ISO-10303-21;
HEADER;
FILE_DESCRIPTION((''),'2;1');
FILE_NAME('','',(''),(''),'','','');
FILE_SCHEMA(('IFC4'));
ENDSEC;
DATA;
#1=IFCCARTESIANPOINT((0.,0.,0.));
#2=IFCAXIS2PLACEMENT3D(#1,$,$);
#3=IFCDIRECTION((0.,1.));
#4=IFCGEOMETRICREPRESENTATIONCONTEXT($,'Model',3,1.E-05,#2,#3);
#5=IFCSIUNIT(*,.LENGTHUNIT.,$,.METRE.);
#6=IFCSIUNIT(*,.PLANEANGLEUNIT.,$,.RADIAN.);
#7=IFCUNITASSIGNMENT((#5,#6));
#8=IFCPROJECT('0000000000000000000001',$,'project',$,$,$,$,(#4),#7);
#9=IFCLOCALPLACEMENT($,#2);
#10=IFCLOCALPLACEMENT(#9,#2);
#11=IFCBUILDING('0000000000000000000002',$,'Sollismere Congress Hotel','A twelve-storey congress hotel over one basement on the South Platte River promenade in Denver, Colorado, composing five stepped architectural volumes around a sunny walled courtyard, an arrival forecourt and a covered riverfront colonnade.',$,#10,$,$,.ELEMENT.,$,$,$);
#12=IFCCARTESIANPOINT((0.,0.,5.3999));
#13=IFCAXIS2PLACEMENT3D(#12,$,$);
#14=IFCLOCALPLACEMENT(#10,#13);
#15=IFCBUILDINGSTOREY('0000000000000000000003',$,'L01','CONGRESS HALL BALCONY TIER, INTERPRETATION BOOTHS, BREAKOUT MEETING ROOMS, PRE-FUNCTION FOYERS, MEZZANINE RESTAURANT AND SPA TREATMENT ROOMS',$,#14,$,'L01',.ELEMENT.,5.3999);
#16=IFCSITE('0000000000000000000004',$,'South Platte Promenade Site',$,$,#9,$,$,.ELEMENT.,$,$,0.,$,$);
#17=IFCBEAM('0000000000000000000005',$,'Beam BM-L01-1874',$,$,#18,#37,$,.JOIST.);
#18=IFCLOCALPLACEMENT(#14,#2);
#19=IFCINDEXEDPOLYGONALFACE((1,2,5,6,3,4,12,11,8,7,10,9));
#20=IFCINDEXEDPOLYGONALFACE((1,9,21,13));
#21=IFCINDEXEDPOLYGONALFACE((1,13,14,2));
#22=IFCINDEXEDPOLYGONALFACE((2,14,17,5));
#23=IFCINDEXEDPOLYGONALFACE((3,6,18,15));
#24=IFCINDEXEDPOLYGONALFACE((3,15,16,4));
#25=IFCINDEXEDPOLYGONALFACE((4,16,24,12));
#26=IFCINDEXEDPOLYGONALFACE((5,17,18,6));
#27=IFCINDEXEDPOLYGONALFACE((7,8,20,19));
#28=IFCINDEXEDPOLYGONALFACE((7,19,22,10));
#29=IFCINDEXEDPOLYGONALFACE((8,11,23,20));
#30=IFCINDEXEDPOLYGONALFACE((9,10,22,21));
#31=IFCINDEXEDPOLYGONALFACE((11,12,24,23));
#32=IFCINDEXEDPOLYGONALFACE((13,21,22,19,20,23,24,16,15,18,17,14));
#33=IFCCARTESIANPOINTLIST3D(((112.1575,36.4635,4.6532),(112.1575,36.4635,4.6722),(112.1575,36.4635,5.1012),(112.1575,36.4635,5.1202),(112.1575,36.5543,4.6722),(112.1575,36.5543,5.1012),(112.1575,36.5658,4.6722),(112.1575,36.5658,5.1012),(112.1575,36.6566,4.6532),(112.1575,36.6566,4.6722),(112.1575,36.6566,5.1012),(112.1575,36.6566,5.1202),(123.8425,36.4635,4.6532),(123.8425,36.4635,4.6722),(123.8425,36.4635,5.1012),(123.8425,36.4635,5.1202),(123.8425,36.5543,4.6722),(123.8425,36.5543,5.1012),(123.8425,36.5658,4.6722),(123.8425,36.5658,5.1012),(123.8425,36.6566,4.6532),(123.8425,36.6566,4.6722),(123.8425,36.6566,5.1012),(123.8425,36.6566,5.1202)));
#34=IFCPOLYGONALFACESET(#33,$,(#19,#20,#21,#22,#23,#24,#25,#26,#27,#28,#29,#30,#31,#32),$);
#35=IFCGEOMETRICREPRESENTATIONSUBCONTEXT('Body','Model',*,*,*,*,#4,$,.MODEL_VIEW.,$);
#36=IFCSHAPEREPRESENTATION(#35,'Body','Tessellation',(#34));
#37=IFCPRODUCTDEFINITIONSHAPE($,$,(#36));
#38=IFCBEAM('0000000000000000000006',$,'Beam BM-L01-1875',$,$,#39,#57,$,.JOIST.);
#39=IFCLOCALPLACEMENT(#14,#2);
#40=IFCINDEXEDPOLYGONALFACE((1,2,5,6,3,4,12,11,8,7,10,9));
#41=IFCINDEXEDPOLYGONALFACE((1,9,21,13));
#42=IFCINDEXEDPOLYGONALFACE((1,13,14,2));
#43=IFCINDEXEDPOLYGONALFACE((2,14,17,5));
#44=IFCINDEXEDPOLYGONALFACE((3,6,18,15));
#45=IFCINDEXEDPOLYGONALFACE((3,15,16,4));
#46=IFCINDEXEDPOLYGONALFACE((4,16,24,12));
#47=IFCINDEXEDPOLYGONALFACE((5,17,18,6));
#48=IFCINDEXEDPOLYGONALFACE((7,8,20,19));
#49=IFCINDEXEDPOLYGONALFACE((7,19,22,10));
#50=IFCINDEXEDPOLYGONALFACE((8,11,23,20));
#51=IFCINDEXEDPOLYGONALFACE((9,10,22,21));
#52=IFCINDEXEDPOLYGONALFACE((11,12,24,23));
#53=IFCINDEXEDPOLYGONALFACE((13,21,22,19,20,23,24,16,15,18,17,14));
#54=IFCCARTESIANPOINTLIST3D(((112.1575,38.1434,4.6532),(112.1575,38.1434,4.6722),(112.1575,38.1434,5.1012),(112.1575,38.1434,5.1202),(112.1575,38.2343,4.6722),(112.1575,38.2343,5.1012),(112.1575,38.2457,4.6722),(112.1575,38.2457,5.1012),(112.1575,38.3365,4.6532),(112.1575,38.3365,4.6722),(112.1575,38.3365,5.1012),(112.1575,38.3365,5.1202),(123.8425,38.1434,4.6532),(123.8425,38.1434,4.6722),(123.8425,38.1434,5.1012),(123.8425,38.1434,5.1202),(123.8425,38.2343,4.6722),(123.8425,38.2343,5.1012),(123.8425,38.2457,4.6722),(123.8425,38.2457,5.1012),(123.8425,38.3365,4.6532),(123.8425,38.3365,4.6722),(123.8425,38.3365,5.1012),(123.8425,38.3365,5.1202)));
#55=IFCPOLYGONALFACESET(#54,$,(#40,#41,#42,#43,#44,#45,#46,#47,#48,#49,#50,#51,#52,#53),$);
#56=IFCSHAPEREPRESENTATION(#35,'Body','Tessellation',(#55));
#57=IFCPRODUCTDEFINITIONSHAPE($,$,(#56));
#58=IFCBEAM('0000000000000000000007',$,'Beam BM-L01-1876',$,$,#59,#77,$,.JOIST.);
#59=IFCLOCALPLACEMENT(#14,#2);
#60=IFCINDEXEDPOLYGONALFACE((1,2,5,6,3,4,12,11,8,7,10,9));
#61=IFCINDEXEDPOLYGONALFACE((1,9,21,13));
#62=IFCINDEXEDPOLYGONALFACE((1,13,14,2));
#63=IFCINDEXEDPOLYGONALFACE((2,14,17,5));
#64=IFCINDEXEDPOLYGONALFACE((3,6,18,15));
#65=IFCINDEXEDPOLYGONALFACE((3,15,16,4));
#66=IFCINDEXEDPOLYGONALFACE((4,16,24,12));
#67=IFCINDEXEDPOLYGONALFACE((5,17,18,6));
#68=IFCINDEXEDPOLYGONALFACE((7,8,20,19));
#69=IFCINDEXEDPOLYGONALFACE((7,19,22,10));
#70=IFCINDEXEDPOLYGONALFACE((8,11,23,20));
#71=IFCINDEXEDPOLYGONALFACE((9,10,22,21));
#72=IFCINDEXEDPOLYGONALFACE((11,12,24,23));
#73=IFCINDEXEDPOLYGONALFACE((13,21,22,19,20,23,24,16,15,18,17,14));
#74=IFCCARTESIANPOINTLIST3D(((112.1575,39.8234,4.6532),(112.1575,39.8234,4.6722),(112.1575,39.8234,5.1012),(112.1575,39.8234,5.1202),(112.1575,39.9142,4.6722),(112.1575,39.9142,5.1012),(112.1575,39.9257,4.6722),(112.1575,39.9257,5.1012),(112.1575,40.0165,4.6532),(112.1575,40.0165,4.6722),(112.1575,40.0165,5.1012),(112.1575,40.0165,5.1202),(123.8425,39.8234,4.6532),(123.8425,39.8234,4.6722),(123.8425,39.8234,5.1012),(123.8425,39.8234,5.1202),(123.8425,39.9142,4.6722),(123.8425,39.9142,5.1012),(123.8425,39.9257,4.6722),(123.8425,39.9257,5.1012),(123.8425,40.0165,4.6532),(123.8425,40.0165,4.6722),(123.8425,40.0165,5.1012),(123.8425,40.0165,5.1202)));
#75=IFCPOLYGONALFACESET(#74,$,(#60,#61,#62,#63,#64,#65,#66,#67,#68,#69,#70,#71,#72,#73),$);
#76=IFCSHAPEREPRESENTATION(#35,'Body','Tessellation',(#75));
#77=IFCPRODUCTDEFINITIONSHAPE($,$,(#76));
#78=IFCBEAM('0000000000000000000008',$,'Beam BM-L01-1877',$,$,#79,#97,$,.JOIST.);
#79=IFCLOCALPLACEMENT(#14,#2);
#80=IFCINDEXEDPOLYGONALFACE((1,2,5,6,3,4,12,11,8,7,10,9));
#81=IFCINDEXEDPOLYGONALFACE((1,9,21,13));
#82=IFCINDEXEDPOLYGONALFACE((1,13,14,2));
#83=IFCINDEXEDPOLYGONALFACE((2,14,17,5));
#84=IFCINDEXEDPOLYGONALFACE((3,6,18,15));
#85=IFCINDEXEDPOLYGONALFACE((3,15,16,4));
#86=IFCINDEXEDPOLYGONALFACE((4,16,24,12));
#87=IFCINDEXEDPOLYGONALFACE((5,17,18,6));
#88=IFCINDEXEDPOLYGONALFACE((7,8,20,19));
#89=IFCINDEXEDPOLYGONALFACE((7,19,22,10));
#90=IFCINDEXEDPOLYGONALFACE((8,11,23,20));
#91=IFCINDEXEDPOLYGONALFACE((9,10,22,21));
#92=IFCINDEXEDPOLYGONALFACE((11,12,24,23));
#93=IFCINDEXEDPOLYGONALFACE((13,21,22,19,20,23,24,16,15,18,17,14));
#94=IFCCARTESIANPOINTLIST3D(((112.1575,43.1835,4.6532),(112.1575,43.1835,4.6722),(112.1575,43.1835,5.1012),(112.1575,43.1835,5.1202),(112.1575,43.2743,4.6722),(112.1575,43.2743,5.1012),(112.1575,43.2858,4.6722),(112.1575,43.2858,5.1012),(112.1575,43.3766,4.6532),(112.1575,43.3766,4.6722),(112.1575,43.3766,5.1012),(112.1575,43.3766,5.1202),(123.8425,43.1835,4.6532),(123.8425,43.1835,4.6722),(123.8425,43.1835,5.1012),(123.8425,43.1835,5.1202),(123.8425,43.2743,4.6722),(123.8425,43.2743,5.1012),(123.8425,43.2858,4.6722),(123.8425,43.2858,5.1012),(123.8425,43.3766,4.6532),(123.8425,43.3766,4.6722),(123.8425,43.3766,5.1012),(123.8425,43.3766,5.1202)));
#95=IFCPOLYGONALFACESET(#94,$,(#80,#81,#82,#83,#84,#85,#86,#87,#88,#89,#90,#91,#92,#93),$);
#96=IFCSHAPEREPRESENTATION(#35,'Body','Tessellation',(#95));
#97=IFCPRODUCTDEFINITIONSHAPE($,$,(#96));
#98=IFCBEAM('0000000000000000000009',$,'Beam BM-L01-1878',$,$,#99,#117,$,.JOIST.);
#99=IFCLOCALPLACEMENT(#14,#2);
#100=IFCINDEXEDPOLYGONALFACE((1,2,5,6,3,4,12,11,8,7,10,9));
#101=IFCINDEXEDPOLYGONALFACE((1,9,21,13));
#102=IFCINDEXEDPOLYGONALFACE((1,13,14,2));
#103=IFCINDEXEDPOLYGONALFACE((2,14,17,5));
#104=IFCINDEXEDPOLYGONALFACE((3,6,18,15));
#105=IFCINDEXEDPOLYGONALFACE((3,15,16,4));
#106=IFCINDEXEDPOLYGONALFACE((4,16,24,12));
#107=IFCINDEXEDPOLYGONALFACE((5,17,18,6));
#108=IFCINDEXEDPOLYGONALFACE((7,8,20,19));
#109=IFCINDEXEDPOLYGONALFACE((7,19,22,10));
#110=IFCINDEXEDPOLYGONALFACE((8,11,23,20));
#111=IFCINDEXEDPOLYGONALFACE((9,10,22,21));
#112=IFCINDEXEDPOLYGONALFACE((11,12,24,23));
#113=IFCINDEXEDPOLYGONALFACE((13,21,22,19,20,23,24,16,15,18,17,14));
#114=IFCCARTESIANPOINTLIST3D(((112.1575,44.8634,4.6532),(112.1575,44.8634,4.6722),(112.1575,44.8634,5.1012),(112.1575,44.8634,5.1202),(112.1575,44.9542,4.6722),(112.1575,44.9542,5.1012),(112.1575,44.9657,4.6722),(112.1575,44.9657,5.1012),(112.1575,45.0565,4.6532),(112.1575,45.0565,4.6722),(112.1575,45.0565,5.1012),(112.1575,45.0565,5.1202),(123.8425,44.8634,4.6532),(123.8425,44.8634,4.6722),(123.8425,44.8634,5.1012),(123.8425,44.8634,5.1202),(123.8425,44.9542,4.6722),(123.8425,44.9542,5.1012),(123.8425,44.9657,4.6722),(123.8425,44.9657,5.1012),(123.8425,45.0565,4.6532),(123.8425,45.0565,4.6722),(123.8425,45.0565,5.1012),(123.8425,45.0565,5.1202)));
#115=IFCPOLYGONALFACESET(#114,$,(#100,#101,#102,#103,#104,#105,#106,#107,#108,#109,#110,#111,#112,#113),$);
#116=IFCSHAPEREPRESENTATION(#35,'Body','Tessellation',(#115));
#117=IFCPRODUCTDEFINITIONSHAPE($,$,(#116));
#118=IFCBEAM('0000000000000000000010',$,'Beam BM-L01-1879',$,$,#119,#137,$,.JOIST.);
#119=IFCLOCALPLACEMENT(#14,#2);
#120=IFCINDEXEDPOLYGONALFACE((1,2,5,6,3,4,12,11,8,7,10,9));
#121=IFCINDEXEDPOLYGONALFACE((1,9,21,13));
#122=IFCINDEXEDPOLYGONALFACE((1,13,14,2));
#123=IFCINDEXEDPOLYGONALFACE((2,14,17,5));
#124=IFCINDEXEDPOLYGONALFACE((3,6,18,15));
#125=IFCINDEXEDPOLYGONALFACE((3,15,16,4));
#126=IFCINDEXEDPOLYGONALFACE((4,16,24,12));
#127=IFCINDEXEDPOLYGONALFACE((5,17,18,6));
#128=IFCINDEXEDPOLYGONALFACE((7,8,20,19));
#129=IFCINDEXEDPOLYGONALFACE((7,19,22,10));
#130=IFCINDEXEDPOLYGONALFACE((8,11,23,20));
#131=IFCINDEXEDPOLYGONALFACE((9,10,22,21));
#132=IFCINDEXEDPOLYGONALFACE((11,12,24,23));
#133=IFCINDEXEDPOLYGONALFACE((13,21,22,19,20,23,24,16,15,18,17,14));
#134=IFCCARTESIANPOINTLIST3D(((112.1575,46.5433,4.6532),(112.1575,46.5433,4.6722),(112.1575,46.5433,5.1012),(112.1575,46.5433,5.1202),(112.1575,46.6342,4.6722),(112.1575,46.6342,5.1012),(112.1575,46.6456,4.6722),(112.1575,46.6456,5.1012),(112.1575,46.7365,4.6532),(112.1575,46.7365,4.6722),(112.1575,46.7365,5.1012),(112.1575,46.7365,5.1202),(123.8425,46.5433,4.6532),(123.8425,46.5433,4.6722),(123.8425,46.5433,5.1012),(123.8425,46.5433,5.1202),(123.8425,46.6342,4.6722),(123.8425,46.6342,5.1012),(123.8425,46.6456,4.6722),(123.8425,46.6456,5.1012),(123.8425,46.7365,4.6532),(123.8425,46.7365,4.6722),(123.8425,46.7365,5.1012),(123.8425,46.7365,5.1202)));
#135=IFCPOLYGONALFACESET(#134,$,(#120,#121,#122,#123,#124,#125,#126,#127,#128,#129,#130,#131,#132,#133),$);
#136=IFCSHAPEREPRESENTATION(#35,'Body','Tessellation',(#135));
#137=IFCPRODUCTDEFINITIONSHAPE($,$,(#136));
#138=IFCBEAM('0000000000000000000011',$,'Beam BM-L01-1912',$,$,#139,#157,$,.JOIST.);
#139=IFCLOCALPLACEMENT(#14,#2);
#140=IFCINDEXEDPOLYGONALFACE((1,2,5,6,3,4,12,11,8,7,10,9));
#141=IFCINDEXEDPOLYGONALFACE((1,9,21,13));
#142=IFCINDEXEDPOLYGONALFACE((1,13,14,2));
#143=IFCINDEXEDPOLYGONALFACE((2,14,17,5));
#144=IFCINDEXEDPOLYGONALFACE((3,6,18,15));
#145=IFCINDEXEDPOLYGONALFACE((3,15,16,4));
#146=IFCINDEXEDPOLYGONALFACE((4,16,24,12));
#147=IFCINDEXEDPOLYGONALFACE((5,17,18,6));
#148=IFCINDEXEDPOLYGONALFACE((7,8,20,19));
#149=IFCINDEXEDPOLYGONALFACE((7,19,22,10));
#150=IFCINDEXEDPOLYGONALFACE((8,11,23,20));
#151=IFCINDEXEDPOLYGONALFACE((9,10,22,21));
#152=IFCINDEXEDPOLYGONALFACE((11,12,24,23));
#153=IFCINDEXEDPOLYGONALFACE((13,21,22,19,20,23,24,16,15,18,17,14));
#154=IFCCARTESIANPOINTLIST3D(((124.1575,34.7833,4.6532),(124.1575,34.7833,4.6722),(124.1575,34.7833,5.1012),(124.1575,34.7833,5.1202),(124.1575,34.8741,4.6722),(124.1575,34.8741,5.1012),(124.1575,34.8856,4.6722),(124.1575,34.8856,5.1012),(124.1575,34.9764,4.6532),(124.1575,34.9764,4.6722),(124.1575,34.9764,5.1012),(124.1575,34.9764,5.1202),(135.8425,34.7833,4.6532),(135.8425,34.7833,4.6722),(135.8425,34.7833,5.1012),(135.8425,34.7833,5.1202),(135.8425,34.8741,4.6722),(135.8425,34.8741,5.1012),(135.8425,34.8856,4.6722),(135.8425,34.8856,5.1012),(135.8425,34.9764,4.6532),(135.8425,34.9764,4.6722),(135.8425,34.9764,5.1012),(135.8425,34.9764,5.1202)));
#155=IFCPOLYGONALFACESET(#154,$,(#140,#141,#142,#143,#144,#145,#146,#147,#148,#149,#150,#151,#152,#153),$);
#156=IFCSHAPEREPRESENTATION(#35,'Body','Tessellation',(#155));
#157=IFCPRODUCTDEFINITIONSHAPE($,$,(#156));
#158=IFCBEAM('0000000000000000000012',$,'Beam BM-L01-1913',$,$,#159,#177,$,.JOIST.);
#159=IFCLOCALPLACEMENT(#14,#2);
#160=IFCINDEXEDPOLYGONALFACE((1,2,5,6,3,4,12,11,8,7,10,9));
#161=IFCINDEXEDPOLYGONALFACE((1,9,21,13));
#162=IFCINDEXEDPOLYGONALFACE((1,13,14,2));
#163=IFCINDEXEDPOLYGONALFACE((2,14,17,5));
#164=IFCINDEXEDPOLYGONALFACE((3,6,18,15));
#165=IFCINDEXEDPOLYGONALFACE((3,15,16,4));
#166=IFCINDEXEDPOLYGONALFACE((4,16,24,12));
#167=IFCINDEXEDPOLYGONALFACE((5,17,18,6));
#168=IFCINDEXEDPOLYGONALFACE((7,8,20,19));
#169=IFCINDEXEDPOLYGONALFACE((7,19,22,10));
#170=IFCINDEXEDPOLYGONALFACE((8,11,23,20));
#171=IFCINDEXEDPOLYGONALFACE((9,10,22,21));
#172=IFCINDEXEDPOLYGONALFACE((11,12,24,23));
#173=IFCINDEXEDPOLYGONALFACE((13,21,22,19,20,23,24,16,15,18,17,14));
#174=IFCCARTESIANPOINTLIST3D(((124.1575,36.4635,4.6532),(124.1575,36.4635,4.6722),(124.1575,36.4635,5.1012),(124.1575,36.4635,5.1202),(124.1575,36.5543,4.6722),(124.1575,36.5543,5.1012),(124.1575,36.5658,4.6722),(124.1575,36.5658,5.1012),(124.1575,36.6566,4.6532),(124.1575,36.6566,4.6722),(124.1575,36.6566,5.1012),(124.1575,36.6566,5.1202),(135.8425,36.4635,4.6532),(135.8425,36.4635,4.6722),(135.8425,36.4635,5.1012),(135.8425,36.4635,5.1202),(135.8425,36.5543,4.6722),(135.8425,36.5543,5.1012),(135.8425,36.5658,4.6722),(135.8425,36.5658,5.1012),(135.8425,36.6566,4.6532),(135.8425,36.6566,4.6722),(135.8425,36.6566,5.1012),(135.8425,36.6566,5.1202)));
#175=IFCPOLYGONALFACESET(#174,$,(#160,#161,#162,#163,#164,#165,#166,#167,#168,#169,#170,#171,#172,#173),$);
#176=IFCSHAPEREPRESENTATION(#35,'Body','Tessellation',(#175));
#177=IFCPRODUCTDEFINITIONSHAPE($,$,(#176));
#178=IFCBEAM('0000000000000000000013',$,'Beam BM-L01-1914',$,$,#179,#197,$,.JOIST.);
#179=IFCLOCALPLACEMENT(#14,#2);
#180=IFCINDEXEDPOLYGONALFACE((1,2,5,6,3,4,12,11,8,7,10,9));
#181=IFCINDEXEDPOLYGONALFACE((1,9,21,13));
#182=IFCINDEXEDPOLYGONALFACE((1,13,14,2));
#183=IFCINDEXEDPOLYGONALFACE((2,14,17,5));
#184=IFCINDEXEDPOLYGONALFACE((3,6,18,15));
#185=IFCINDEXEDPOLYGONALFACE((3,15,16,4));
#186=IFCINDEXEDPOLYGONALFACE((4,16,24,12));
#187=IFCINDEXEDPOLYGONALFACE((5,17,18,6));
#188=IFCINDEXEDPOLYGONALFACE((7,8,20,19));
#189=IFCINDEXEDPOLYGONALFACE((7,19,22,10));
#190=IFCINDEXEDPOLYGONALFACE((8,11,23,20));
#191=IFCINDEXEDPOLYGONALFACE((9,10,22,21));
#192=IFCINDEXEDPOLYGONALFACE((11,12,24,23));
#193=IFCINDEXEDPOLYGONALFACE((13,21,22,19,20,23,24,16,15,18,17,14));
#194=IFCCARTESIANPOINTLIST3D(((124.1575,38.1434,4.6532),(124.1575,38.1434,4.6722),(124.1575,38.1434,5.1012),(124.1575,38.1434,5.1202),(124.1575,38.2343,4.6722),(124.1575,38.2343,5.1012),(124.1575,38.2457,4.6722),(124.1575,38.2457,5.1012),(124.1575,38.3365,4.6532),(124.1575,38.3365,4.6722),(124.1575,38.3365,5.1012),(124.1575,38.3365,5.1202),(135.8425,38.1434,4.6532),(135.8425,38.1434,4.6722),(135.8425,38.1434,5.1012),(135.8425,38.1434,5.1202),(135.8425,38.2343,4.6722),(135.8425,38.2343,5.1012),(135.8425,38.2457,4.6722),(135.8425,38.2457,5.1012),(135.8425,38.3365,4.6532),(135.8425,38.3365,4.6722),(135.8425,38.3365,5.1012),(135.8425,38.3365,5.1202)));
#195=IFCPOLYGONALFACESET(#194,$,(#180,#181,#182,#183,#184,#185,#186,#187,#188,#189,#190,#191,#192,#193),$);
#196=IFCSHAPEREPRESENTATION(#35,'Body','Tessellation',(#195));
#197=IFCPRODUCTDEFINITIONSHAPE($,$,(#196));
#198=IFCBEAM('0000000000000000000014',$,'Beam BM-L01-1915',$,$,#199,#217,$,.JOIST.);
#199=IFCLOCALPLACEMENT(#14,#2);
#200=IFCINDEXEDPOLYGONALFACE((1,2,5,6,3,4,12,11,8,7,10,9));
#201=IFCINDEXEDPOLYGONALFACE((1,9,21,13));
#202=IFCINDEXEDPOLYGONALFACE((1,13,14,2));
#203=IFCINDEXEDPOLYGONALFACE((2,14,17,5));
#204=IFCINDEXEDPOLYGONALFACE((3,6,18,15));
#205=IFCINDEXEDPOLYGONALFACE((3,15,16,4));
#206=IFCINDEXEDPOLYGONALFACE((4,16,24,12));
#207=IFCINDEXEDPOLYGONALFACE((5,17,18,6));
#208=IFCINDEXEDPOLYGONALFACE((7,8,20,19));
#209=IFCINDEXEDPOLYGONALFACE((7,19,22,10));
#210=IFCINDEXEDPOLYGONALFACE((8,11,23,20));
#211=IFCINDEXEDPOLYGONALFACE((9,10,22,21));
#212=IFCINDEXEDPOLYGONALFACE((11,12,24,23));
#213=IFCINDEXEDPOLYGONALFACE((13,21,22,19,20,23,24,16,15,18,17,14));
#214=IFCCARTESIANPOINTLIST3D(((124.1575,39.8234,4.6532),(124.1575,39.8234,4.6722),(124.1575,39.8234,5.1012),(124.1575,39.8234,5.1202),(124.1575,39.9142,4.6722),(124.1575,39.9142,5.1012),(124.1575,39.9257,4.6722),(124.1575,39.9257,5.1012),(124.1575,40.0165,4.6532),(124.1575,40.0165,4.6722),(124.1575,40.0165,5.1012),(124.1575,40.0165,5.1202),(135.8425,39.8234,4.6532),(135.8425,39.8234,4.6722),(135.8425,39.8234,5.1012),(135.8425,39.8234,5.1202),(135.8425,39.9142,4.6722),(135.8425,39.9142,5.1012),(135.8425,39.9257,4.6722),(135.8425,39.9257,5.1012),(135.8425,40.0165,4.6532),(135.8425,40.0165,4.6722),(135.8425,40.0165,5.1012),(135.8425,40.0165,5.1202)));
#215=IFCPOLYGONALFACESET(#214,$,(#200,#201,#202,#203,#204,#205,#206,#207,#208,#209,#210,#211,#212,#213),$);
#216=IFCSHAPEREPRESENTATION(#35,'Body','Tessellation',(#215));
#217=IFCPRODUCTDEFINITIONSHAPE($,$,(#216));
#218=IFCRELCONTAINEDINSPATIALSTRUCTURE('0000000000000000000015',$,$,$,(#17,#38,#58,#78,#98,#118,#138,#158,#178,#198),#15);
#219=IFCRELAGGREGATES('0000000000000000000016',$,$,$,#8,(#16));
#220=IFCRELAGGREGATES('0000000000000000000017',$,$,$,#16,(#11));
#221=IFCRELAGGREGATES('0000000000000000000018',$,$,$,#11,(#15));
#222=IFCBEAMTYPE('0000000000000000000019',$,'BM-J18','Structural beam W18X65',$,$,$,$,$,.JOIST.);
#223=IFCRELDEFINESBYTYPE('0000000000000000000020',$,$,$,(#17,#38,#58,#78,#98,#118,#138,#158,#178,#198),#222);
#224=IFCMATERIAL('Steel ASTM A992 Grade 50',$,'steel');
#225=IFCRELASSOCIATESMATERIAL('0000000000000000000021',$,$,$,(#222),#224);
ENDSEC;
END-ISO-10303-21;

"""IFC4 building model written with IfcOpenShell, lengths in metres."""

from ifc_helpers import new_model, si_unit, direction, frame, origin, origin_2d, place, context, subcontext, project, spatial, i_section, extrude, material, material_profile, profile_set, type_object, element, save


model = new_model("IFC4")

# Units and contexts
model_context = context("Model", 3, precision=1e-05, world=origin(), true_north=direction((0.0, 1.0)))
body_context = subcontext(model_context, "Body", "Model", "MODEL_VIEW")
ifc_project = project(units=[si_unit("LENGTHUNIT", "METRE"), si_unit("PLANEANGLEUNIT", "RADIAN")], contexts=[model_context])

# Site, building, storey
site_placement = place(None, origin())
site = spatial("IfcSite", under=ifc_project, at=site_placement, Name="South Platte Promenade Site", CompositionType="ELEMENT", RefElevation=0.0)
building_placement = place(site_placement, origin())
building = spatial("IfcBuilding", under=site, at=building_placement, Name="Sollismere Congress Hotel", Description="A twelve-storey congress hotel over one basement on the South Platte River promenade in Denver, Colorado, composing five stepped architectural volumes around a sunny walled courtyard, an arrival forecourt and a covered riverfront colonnade.", CompositionType="ELEMENT")
storey_placement = place(building_placement, frame((0.0, 0.0, 5.3999)))
storey = spatial("IfcBuildingStorey", under=building, at=storey_placement, Name="L01", Description="CONGRESS HALL BALCONY TIER, INTERPRETATION BOOTHS, BREAKOUT MEETING ROOMS, PRE-FUNCTION FOYERS, MEZZANINE RESTAURANT AND SPA TREATMENT ROOMS", LongName="L01", CompositionType="ELEMENT", Elevation=5.3999)

# Shared definitions
ifc_material_1 = material(Name="Steel ASTM A992 Grade 50", Category="steel")

# Beams
ifc_material_profile_1 = material_profile(ifc_material_1, i_section(OverallWidth=0.1931, OverallDepth=0.467, WebThickness=0.0115, FlangeThickness=0.019, at=origin_2d()), Name="W18X65")
ifc_profile_set_1 = profile_set([ifc_material_profile_1], Name="Steel ASTM A992 Grade 50")
beam_type_1 = type_object("IfcBeamType", Name="BM-J18", Description="Structural beam W18X65", PredefinedType="JOIST", material=ifc_profile_set_1)
for number, where, z_axis, x_axis, name in (
    (1, (112.1575, 36.5601, 4.8867), (1.0, 0.0, 0.0), (0.0, 1.0, 0.0), "Beam BM-L01-1874"),
    (2, (112.1575, 38.24, 4.8867), (1.0, 0.0, 0.0), (0.0, 1.0, 0.0), "Beam BM-L01-1875"),
    (3, (112.1575, 39.9199, 4.8867), (1.0, 0.0, 0.0), (0.0, 1.0, 0.0), "Beam BM-L01-1876"),
    (4, (112.1575, 43.28, 4.8867), (1.0, 0.0, 0.0), (0.0, 1.0, 0.0), "Beam BM-L01-1877"),
    (5, (112.1575, 44.96, 4.8867), (1.0, 0.0, 0.0), (0.0, 1.0, 0.0), "Beam BM-L01-1878"),
    (6, (112.1575, 46.6399, 4.8867), (1.0, 0.0, 0.0), (0.0, 1.0, 0.0), "Beam BM-L01-1879"),
    (7, (124.1575, 34.8799, 4.8867), (1.0, 0.0, 0.0), (0.0, 1.0, 0.0), "Beam BM-L01-1912"),
    (8, (124.1575, 36.5601, 4.8867), (1.0, 0.0, 0.0), (0.0, 1.0, 0.0), "Beam BM-L01-1913"),
    (9, (124.1575, 38.24, 4.8867), (1.0, 0.0, 0.0), (0.0, 1.0, 0.0), "Beam BM-L01-1914"),
    (10, (124.1575, 39.9199, 4.8867), (1.0, 0.0, 0.0), (0.0, 1.0, 0.0), "Beam BM-L01-1915"),
):
    element("IfcBeam", number, at=place(storey_placement, frame(where, z_axis=z_axis, x_axis=x_axis)), inside=storey, type_object=beam_type_1, Name=name, PredefinedType="JOIST", context=body_context, shape_type="SweptSolid", body=[
        extrude(i_section(OverallWidth=0.1931, OverallDepth=0.467, WebThickness=0.0115, FlangeThickness=0.019, at=origin_2d()), origin(), (0.0, 0.0, 1.0), 11.6851),
    ])

save(model, "model.ifc")
